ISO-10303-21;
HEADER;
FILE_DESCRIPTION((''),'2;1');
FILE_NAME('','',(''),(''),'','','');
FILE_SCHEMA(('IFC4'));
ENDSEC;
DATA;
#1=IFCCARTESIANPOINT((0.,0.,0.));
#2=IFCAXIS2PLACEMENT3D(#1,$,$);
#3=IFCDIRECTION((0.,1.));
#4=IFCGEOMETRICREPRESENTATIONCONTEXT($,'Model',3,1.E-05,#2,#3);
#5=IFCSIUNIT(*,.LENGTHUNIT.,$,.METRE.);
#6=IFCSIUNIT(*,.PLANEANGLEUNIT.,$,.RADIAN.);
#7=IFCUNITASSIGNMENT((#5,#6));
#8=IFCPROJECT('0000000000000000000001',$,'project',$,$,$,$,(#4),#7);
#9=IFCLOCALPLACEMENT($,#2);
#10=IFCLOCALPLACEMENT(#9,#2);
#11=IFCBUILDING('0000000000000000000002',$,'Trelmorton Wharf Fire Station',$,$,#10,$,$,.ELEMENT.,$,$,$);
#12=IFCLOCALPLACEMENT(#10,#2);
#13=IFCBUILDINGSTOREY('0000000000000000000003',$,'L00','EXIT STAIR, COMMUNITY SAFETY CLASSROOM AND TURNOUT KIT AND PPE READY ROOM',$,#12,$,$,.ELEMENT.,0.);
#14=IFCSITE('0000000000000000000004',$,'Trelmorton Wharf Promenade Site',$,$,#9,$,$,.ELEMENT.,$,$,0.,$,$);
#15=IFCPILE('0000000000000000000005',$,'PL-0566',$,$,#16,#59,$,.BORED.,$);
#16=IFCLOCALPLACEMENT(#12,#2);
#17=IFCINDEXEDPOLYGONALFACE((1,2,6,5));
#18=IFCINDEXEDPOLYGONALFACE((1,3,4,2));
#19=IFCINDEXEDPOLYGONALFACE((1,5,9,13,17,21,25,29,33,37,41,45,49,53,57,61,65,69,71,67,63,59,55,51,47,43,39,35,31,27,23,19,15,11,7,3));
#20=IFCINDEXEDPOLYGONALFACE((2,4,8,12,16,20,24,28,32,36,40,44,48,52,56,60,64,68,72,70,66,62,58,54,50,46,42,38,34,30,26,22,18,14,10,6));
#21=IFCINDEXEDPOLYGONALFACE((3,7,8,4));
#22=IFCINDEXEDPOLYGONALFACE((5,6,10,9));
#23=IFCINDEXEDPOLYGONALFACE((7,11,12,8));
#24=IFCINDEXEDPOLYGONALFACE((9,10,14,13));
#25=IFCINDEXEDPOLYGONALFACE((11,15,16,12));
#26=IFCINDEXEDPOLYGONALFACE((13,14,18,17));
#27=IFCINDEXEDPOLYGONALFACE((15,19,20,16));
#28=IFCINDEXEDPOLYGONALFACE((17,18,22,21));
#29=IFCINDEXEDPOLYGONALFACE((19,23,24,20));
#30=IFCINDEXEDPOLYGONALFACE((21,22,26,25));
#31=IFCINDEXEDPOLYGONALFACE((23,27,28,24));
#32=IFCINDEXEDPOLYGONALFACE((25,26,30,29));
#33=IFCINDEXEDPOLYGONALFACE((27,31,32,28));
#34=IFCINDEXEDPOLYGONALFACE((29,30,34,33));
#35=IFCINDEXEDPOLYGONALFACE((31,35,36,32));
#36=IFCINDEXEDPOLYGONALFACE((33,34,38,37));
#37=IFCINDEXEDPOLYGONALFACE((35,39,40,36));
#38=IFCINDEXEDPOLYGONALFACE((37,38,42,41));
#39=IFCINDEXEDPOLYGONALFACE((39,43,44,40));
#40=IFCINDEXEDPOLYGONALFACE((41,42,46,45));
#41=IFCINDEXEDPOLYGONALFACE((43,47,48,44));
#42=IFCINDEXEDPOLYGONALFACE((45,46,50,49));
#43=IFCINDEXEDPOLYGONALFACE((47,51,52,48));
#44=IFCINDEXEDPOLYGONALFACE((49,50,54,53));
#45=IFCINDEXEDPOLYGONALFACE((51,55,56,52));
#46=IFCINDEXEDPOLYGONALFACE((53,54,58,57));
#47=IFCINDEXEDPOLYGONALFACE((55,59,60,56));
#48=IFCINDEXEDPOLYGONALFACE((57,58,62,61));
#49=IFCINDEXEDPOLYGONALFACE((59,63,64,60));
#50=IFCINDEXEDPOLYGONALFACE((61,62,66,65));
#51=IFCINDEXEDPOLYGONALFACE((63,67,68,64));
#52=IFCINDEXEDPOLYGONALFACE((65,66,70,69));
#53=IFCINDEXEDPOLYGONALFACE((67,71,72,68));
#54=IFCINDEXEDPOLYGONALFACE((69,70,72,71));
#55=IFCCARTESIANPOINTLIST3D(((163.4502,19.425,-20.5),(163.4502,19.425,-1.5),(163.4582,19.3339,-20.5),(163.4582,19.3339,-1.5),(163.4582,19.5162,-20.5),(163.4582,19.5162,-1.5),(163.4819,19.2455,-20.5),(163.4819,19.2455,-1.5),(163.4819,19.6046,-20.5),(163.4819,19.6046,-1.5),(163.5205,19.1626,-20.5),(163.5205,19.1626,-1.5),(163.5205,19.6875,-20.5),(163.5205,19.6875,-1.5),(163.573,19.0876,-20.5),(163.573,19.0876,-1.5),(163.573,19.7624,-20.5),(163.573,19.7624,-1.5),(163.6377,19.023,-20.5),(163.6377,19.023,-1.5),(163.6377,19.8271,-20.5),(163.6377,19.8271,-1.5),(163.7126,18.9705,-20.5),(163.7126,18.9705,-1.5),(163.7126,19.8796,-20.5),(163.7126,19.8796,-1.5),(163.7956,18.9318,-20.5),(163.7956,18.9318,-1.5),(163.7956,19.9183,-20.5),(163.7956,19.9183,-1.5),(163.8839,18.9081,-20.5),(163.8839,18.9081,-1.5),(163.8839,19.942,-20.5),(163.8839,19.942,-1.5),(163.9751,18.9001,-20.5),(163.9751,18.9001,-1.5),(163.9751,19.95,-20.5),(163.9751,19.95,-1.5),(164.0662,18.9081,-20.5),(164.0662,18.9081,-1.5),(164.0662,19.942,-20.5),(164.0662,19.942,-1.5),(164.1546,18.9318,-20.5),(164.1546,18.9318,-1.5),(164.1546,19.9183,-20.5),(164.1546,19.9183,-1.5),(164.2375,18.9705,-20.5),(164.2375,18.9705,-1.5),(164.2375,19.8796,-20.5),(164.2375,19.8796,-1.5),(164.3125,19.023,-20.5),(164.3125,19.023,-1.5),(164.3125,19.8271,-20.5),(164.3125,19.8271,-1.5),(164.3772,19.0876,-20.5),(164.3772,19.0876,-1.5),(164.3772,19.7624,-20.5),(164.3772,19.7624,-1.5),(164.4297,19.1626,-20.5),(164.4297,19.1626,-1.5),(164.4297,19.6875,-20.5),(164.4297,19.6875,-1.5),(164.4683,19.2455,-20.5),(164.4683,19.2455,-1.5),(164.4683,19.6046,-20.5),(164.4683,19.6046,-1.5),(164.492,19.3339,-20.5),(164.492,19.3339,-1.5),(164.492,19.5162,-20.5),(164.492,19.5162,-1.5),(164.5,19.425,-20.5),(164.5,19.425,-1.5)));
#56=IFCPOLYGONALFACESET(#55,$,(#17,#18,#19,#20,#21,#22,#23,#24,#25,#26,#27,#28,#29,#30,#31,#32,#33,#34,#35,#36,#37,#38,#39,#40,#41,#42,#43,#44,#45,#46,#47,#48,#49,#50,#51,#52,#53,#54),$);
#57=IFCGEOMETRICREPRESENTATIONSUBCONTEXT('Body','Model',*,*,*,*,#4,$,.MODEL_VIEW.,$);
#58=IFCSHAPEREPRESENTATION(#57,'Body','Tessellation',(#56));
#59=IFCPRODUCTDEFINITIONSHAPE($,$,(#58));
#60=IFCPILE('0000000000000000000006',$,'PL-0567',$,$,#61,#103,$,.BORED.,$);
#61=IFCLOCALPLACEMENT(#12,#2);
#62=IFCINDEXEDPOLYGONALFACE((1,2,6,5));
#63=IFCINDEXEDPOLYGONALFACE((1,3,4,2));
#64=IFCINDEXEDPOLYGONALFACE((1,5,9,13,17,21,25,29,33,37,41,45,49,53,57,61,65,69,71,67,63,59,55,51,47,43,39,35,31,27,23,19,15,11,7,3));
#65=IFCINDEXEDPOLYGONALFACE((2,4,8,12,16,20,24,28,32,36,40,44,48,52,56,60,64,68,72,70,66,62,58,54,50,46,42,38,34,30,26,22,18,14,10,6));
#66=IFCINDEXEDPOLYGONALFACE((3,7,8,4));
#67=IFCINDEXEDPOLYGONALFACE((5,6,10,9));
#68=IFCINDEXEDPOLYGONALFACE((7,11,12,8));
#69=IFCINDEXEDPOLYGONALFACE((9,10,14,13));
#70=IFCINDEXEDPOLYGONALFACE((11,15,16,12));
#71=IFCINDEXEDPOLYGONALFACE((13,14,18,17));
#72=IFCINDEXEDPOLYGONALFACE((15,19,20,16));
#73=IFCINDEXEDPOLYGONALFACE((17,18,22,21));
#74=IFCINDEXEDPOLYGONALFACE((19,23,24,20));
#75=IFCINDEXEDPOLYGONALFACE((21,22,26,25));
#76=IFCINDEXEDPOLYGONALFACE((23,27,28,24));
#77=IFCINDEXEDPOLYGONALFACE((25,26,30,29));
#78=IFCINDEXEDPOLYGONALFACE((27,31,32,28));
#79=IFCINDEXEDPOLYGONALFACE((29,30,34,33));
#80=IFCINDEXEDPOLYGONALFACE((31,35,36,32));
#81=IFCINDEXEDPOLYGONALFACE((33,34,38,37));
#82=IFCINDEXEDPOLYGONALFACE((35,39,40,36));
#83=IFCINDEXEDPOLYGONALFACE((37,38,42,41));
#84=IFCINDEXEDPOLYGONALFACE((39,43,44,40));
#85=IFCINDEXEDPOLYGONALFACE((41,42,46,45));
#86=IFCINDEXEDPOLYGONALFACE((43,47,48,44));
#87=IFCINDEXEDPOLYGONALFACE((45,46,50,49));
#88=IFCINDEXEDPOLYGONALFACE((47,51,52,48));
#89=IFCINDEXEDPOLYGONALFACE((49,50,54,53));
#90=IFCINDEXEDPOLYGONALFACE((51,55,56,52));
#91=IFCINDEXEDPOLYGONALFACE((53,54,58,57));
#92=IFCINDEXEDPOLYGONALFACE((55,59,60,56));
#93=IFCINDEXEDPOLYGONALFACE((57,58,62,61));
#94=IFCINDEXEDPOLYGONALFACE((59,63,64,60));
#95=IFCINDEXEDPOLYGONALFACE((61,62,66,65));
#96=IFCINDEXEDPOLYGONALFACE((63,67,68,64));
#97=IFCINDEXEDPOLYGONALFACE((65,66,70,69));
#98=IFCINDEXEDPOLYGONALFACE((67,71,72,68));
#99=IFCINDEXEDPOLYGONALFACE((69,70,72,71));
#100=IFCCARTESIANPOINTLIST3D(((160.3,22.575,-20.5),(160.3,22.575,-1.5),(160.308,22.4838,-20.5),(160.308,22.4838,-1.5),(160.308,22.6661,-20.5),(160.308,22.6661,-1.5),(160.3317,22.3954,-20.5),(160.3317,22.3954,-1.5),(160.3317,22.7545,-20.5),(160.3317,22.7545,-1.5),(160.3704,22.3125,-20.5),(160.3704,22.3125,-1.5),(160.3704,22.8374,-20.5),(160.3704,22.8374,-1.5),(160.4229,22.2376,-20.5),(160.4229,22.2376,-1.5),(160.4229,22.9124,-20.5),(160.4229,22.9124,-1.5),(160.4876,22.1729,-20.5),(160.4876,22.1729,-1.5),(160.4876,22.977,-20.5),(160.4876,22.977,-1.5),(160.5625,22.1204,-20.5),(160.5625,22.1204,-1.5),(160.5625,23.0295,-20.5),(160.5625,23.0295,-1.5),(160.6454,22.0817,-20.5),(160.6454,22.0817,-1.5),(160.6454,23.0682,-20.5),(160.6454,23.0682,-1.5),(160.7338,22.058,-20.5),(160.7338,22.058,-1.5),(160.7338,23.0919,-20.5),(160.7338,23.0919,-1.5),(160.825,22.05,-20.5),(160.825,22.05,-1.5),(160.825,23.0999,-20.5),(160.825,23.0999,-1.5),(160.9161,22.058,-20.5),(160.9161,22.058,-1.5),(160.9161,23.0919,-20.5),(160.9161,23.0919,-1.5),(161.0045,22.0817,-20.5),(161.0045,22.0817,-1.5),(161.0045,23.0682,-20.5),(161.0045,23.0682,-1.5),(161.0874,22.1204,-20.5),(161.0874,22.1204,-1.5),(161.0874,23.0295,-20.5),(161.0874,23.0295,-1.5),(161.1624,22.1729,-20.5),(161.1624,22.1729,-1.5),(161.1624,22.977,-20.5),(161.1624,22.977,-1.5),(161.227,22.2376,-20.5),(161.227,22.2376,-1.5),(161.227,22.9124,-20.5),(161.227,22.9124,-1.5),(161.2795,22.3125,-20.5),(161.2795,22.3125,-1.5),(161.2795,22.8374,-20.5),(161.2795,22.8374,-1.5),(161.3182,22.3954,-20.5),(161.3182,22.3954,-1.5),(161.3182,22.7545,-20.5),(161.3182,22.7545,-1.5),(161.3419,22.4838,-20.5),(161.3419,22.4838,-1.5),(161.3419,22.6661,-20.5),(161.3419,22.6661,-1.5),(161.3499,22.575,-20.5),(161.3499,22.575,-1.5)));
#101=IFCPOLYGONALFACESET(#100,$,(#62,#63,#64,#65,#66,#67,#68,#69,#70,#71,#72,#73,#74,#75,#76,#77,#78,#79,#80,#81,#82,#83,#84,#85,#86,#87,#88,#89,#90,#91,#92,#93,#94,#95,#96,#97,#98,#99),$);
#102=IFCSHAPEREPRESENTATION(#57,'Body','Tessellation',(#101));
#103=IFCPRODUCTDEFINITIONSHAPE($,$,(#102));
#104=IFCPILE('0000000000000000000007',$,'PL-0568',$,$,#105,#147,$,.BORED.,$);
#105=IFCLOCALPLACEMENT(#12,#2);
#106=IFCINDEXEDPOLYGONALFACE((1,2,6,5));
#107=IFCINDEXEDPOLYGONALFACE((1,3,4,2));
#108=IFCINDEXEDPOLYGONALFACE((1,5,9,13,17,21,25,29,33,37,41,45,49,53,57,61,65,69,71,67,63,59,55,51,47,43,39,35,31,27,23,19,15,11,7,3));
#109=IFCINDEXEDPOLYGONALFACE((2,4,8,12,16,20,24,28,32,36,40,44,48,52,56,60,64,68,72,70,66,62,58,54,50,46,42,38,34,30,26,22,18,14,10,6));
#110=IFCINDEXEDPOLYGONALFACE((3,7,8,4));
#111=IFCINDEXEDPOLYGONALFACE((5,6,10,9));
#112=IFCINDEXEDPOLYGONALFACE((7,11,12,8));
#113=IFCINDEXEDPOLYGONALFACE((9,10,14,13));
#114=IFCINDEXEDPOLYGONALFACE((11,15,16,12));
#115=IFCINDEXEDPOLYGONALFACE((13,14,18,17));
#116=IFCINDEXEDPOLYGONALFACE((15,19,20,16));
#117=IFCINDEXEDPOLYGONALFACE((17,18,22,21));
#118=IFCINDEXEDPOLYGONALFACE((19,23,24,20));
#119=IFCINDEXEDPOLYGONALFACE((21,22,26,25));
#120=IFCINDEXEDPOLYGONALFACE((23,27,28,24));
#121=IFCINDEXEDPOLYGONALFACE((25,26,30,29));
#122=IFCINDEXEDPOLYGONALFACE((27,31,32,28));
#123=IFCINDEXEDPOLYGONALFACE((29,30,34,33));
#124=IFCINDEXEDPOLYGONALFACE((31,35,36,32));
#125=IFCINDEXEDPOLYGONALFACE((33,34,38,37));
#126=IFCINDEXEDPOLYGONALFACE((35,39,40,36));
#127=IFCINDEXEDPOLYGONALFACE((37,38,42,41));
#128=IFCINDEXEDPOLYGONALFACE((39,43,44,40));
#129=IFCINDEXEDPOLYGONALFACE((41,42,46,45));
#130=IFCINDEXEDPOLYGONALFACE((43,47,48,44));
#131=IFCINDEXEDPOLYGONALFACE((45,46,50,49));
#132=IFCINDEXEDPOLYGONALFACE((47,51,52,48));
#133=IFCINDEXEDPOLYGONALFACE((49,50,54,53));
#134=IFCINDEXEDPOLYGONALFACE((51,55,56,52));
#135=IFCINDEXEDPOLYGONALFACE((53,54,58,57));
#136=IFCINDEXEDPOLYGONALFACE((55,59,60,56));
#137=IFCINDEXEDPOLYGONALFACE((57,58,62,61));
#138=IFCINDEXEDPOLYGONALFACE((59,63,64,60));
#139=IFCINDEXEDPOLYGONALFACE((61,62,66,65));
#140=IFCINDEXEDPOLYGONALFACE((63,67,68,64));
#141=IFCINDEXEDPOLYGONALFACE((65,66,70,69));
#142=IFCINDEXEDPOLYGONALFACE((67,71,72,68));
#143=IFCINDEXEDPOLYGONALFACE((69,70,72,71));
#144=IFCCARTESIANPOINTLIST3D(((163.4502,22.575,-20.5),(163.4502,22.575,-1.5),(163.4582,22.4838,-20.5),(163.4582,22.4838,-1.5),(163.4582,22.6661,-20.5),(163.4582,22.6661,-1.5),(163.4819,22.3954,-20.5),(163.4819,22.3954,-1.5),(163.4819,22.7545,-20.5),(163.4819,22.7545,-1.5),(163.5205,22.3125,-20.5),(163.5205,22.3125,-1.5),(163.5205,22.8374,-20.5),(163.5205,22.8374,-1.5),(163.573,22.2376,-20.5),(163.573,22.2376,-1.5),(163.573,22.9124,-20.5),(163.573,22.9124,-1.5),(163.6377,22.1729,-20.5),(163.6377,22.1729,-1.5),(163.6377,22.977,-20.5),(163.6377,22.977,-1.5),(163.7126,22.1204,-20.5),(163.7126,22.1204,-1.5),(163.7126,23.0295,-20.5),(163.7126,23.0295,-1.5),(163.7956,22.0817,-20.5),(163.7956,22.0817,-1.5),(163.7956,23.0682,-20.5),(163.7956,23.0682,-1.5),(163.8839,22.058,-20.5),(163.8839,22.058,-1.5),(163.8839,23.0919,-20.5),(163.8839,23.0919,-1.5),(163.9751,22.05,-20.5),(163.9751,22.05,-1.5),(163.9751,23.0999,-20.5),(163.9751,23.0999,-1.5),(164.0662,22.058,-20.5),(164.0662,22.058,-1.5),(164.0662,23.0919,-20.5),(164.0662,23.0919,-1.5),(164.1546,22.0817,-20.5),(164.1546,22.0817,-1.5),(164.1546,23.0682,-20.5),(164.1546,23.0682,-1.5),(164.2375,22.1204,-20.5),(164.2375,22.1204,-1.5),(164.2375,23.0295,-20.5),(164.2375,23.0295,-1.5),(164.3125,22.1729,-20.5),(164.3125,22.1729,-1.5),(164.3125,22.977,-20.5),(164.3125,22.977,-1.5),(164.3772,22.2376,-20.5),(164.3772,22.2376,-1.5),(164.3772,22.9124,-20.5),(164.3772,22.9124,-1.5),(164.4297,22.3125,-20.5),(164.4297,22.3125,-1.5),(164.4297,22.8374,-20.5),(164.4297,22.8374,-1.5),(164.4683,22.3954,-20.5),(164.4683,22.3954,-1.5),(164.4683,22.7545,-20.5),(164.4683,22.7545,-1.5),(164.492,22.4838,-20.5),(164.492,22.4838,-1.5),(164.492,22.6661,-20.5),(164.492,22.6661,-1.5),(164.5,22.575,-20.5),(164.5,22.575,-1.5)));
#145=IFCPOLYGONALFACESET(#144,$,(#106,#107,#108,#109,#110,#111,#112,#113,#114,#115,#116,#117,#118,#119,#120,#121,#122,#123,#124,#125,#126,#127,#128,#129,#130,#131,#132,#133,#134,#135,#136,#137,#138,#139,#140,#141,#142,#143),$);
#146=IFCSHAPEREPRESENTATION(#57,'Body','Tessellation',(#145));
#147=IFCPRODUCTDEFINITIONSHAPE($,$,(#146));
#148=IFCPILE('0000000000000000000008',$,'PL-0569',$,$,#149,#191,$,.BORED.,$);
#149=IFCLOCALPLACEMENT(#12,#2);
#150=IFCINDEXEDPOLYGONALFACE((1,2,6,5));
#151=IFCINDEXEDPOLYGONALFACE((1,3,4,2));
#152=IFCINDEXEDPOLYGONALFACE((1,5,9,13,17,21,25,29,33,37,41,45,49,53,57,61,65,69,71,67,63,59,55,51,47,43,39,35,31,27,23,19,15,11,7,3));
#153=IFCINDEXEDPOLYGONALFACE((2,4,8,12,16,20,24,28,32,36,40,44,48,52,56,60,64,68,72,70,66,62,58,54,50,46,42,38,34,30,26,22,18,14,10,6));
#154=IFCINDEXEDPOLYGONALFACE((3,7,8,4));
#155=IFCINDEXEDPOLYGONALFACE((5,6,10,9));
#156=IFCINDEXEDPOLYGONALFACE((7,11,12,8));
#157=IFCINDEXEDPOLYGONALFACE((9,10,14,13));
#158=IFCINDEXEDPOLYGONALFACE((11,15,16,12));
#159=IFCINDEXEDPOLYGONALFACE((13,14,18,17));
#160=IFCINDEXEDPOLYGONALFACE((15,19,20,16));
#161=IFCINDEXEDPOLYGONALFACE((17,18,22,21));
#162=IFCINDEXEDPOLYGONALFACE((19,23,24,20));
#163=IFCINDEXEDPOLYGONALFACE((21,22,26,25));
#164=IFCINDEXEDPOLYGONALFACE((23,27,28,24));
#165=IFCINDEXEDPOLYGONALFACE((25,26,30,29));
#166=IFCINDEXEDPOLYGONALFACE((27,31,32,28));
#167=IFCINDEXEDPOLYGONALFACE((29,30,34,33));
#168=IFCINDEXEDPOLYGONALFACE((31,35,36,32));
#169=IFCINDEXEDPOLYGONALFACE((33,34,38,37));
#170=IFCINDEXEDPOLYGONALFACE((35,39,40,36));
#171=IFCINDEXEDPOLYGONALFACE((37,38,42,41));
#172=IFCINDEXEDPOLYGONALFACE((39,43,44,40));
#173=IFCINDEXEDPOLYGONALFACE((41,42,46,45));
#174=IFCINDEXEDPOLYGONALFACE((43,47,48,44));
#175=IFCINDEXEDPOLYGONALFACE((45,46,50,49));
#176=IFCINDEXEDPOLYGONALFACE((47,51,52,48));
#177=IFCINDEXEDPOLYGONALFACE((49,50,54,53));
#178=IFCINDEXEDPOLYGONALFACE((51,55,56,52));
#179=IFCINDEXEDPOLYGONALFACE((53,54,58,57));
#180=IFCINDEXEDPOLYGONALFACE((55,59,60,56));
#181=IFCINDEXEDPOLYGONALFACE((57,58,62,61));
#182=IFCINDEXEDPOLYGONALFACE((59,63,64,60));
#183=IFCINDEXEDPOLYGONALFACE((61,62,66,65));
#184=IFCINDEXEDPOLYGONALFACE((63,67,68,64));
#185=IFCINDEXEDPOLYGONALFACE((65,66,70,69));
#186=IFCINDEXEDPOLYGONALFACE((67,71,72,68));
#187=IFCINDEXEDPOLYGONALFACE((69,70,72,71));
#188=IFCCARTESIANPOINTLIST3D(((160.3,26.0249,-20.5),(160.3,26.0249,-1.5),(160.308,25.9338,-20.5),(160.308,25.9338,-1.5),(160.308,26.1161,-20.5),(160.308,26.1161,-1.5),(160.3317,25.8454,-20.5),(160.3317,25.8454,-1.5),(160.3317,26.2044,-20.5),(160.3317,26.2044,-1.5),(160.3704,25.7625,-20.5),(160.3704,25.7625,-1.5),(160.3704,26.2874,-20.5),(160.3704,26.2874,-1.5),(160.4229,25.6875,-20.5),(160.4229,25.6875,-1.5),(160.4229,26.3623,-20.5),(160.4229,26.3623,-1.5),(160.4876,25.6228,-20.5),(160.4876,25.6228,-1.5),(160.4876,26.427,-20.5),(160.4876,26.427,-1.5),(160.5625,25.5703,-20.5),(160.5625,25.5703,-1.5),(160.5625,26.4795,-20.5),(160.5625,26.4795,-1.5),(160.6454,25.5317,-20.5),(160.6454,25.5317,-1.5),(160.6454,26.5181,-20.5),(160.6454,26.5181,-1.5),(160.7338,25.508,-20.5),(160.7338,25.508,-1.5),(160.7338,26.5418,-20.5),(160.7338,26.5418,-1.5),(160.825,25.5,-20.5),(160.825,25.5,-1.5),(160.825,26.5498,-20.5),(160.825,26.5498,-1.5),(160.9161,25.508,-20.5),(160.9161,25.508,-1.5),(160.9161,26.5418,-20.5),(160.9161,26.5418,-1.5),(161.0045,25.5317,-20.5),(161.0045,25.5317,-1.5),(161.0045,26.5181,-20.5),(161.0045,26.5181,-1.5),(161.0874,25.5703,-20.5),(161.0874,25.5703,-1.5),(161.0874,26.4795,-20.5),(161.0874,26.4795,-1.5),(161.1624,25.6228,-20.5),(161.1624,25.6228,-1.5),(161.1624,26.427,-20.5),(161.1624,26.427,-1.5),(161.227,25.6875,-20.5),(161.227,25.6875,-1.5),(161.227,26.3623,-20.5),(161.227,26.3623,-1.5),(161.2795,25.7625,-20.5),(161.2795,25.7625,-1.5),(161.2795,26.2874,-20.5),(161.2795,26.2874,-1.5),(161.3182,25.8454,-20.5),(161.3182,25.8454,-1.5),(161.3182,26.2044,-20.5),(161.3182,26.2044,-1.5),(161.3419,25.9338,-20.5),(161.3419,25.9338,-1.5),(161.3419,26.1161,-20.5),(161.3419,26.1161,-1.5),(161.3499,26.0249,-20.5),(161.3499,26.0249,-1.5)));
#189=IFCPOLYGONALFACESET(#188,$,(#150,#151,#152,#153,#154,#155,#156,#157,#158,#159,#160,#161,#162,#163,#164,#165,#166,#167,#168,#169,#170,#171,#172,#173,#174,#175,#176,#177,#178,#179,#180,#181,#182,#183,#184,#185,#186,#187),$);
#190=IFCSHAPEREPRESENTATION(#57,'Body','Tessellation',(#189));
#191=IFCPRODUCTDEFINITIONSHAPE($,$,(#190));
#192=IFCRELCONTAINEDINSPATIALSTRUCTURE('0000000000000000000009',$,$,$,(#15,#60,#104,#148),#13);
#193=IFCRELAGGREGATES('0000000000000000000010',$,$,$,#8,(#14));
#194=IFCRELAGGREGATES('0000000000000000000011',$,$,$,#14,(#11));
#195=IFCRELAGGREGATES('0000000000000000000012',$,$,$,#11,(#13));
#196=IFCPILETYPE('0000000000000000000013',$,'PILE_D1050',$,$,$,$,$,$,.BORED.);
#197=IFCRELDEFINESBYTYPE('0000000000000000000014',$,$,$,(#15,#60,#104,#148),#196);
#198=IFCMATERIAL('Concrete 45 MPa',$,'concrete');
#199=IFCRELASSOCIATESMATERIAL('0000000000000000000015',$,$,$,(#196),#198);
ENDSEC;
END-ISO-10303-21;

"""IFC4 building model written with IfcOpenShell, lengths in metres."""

from ifc_helpers import new_model, si_unit, direction, frame, origin, origin_2d, place, context, subcontext, project, spatial, circle, extrude, material, material_profile, profile_set, type_object, element, save


model = new_model("IFC4")

# Units and contexts
model_context = context("Model", 3, precision=1e-05, world=origin(), true_north=direction((0.0, 1.0)))
body_context = subcontext(model_context, "Body", "Model", "MODEL_VIEW")
ifc_project = project(units=[si_unit("LENGTHUNIT", "METRE"), si_unit("PLANEANGLEUNIT", "RADIAN")], contexts=[model_context])

# Site, building, storey
site_placement = place(None, origin())
site = spatial("IfcSite", under=ifc_project, at=site_placement, Name="Trelmorton Wharf Promenade Site", CompositionType="ELEMENT", RefElevation=0.0)
building_placement = place(site_placement, origin())
building = spatial("IfcBuilding", under=site, at=building_placement, Name="Trelmorton Wharf Fire Station", CompositionType="ELEMENT")
storey_placement = place(building_placement, origin())
storey = spatial("IfcBuildingStorey", under=building, at=storey_placement, Name="L00", Description="EXIT STAIR, COMMUNITY SAFETY CLASSROOM AND TURNOUT KIT AND PPE READY ROOM", CompositionType="ELEMENT", Elevation=0.0)

# Piles
ifc_material_1 = material(Name="Concrete 45 MPa", Category="concrete")
ifc_material_profile_1 = material_profile(ifc_material_1, circle(Radius=0.5249, at=origin_2d()), Name="PILE-D1050")
ifc_profile_set_1 = profile_set([ifc_material_profile_1], Name="Concrete 45 MPa")
pile_type = type_object("IfcPileType", Name="PILE_D1050", PredefinedType="BORED", material=ifc_profile_set_1)
for number, where, z_axis, x_axis, name in (
    (1, (163.9751, 19.425, -1.5), (0.0, 0.0, -1.0), (1.0, 0.0, 0.0), "PL-0566"),
    (2, (160.825, 22.575, -1.5), (0.0, 0.0, -1.0), (1.0, 0.0, 0.0), "PL-0567"),
    (3, (163.9751, 22.575, -1.5), (0.0, 0.0, -1.0), (1.0, 0.0, 0.0), "PL-0568"),
    (4, (160.825, 26.0249, -1.5), (0.0, 0.0, -1.0), (1.0, 0.0, 0.0), "PL-0569"),
):
    element("IfcPile", number, at=place(storey_placement, frame(where, z_axis=z_axis, x_axis=x_axis)), inside=storey, type_object=pile_type, Name=name, PredefinedType="BORED", context=body_context, shape_type="SweptSolid", body=[
        extrude(circle(Radius=0.5249, at=origin_2d()), origin(), (0.0, 0.0, 1.0), 19.0),
    ])

save(model, "model.ifc")
